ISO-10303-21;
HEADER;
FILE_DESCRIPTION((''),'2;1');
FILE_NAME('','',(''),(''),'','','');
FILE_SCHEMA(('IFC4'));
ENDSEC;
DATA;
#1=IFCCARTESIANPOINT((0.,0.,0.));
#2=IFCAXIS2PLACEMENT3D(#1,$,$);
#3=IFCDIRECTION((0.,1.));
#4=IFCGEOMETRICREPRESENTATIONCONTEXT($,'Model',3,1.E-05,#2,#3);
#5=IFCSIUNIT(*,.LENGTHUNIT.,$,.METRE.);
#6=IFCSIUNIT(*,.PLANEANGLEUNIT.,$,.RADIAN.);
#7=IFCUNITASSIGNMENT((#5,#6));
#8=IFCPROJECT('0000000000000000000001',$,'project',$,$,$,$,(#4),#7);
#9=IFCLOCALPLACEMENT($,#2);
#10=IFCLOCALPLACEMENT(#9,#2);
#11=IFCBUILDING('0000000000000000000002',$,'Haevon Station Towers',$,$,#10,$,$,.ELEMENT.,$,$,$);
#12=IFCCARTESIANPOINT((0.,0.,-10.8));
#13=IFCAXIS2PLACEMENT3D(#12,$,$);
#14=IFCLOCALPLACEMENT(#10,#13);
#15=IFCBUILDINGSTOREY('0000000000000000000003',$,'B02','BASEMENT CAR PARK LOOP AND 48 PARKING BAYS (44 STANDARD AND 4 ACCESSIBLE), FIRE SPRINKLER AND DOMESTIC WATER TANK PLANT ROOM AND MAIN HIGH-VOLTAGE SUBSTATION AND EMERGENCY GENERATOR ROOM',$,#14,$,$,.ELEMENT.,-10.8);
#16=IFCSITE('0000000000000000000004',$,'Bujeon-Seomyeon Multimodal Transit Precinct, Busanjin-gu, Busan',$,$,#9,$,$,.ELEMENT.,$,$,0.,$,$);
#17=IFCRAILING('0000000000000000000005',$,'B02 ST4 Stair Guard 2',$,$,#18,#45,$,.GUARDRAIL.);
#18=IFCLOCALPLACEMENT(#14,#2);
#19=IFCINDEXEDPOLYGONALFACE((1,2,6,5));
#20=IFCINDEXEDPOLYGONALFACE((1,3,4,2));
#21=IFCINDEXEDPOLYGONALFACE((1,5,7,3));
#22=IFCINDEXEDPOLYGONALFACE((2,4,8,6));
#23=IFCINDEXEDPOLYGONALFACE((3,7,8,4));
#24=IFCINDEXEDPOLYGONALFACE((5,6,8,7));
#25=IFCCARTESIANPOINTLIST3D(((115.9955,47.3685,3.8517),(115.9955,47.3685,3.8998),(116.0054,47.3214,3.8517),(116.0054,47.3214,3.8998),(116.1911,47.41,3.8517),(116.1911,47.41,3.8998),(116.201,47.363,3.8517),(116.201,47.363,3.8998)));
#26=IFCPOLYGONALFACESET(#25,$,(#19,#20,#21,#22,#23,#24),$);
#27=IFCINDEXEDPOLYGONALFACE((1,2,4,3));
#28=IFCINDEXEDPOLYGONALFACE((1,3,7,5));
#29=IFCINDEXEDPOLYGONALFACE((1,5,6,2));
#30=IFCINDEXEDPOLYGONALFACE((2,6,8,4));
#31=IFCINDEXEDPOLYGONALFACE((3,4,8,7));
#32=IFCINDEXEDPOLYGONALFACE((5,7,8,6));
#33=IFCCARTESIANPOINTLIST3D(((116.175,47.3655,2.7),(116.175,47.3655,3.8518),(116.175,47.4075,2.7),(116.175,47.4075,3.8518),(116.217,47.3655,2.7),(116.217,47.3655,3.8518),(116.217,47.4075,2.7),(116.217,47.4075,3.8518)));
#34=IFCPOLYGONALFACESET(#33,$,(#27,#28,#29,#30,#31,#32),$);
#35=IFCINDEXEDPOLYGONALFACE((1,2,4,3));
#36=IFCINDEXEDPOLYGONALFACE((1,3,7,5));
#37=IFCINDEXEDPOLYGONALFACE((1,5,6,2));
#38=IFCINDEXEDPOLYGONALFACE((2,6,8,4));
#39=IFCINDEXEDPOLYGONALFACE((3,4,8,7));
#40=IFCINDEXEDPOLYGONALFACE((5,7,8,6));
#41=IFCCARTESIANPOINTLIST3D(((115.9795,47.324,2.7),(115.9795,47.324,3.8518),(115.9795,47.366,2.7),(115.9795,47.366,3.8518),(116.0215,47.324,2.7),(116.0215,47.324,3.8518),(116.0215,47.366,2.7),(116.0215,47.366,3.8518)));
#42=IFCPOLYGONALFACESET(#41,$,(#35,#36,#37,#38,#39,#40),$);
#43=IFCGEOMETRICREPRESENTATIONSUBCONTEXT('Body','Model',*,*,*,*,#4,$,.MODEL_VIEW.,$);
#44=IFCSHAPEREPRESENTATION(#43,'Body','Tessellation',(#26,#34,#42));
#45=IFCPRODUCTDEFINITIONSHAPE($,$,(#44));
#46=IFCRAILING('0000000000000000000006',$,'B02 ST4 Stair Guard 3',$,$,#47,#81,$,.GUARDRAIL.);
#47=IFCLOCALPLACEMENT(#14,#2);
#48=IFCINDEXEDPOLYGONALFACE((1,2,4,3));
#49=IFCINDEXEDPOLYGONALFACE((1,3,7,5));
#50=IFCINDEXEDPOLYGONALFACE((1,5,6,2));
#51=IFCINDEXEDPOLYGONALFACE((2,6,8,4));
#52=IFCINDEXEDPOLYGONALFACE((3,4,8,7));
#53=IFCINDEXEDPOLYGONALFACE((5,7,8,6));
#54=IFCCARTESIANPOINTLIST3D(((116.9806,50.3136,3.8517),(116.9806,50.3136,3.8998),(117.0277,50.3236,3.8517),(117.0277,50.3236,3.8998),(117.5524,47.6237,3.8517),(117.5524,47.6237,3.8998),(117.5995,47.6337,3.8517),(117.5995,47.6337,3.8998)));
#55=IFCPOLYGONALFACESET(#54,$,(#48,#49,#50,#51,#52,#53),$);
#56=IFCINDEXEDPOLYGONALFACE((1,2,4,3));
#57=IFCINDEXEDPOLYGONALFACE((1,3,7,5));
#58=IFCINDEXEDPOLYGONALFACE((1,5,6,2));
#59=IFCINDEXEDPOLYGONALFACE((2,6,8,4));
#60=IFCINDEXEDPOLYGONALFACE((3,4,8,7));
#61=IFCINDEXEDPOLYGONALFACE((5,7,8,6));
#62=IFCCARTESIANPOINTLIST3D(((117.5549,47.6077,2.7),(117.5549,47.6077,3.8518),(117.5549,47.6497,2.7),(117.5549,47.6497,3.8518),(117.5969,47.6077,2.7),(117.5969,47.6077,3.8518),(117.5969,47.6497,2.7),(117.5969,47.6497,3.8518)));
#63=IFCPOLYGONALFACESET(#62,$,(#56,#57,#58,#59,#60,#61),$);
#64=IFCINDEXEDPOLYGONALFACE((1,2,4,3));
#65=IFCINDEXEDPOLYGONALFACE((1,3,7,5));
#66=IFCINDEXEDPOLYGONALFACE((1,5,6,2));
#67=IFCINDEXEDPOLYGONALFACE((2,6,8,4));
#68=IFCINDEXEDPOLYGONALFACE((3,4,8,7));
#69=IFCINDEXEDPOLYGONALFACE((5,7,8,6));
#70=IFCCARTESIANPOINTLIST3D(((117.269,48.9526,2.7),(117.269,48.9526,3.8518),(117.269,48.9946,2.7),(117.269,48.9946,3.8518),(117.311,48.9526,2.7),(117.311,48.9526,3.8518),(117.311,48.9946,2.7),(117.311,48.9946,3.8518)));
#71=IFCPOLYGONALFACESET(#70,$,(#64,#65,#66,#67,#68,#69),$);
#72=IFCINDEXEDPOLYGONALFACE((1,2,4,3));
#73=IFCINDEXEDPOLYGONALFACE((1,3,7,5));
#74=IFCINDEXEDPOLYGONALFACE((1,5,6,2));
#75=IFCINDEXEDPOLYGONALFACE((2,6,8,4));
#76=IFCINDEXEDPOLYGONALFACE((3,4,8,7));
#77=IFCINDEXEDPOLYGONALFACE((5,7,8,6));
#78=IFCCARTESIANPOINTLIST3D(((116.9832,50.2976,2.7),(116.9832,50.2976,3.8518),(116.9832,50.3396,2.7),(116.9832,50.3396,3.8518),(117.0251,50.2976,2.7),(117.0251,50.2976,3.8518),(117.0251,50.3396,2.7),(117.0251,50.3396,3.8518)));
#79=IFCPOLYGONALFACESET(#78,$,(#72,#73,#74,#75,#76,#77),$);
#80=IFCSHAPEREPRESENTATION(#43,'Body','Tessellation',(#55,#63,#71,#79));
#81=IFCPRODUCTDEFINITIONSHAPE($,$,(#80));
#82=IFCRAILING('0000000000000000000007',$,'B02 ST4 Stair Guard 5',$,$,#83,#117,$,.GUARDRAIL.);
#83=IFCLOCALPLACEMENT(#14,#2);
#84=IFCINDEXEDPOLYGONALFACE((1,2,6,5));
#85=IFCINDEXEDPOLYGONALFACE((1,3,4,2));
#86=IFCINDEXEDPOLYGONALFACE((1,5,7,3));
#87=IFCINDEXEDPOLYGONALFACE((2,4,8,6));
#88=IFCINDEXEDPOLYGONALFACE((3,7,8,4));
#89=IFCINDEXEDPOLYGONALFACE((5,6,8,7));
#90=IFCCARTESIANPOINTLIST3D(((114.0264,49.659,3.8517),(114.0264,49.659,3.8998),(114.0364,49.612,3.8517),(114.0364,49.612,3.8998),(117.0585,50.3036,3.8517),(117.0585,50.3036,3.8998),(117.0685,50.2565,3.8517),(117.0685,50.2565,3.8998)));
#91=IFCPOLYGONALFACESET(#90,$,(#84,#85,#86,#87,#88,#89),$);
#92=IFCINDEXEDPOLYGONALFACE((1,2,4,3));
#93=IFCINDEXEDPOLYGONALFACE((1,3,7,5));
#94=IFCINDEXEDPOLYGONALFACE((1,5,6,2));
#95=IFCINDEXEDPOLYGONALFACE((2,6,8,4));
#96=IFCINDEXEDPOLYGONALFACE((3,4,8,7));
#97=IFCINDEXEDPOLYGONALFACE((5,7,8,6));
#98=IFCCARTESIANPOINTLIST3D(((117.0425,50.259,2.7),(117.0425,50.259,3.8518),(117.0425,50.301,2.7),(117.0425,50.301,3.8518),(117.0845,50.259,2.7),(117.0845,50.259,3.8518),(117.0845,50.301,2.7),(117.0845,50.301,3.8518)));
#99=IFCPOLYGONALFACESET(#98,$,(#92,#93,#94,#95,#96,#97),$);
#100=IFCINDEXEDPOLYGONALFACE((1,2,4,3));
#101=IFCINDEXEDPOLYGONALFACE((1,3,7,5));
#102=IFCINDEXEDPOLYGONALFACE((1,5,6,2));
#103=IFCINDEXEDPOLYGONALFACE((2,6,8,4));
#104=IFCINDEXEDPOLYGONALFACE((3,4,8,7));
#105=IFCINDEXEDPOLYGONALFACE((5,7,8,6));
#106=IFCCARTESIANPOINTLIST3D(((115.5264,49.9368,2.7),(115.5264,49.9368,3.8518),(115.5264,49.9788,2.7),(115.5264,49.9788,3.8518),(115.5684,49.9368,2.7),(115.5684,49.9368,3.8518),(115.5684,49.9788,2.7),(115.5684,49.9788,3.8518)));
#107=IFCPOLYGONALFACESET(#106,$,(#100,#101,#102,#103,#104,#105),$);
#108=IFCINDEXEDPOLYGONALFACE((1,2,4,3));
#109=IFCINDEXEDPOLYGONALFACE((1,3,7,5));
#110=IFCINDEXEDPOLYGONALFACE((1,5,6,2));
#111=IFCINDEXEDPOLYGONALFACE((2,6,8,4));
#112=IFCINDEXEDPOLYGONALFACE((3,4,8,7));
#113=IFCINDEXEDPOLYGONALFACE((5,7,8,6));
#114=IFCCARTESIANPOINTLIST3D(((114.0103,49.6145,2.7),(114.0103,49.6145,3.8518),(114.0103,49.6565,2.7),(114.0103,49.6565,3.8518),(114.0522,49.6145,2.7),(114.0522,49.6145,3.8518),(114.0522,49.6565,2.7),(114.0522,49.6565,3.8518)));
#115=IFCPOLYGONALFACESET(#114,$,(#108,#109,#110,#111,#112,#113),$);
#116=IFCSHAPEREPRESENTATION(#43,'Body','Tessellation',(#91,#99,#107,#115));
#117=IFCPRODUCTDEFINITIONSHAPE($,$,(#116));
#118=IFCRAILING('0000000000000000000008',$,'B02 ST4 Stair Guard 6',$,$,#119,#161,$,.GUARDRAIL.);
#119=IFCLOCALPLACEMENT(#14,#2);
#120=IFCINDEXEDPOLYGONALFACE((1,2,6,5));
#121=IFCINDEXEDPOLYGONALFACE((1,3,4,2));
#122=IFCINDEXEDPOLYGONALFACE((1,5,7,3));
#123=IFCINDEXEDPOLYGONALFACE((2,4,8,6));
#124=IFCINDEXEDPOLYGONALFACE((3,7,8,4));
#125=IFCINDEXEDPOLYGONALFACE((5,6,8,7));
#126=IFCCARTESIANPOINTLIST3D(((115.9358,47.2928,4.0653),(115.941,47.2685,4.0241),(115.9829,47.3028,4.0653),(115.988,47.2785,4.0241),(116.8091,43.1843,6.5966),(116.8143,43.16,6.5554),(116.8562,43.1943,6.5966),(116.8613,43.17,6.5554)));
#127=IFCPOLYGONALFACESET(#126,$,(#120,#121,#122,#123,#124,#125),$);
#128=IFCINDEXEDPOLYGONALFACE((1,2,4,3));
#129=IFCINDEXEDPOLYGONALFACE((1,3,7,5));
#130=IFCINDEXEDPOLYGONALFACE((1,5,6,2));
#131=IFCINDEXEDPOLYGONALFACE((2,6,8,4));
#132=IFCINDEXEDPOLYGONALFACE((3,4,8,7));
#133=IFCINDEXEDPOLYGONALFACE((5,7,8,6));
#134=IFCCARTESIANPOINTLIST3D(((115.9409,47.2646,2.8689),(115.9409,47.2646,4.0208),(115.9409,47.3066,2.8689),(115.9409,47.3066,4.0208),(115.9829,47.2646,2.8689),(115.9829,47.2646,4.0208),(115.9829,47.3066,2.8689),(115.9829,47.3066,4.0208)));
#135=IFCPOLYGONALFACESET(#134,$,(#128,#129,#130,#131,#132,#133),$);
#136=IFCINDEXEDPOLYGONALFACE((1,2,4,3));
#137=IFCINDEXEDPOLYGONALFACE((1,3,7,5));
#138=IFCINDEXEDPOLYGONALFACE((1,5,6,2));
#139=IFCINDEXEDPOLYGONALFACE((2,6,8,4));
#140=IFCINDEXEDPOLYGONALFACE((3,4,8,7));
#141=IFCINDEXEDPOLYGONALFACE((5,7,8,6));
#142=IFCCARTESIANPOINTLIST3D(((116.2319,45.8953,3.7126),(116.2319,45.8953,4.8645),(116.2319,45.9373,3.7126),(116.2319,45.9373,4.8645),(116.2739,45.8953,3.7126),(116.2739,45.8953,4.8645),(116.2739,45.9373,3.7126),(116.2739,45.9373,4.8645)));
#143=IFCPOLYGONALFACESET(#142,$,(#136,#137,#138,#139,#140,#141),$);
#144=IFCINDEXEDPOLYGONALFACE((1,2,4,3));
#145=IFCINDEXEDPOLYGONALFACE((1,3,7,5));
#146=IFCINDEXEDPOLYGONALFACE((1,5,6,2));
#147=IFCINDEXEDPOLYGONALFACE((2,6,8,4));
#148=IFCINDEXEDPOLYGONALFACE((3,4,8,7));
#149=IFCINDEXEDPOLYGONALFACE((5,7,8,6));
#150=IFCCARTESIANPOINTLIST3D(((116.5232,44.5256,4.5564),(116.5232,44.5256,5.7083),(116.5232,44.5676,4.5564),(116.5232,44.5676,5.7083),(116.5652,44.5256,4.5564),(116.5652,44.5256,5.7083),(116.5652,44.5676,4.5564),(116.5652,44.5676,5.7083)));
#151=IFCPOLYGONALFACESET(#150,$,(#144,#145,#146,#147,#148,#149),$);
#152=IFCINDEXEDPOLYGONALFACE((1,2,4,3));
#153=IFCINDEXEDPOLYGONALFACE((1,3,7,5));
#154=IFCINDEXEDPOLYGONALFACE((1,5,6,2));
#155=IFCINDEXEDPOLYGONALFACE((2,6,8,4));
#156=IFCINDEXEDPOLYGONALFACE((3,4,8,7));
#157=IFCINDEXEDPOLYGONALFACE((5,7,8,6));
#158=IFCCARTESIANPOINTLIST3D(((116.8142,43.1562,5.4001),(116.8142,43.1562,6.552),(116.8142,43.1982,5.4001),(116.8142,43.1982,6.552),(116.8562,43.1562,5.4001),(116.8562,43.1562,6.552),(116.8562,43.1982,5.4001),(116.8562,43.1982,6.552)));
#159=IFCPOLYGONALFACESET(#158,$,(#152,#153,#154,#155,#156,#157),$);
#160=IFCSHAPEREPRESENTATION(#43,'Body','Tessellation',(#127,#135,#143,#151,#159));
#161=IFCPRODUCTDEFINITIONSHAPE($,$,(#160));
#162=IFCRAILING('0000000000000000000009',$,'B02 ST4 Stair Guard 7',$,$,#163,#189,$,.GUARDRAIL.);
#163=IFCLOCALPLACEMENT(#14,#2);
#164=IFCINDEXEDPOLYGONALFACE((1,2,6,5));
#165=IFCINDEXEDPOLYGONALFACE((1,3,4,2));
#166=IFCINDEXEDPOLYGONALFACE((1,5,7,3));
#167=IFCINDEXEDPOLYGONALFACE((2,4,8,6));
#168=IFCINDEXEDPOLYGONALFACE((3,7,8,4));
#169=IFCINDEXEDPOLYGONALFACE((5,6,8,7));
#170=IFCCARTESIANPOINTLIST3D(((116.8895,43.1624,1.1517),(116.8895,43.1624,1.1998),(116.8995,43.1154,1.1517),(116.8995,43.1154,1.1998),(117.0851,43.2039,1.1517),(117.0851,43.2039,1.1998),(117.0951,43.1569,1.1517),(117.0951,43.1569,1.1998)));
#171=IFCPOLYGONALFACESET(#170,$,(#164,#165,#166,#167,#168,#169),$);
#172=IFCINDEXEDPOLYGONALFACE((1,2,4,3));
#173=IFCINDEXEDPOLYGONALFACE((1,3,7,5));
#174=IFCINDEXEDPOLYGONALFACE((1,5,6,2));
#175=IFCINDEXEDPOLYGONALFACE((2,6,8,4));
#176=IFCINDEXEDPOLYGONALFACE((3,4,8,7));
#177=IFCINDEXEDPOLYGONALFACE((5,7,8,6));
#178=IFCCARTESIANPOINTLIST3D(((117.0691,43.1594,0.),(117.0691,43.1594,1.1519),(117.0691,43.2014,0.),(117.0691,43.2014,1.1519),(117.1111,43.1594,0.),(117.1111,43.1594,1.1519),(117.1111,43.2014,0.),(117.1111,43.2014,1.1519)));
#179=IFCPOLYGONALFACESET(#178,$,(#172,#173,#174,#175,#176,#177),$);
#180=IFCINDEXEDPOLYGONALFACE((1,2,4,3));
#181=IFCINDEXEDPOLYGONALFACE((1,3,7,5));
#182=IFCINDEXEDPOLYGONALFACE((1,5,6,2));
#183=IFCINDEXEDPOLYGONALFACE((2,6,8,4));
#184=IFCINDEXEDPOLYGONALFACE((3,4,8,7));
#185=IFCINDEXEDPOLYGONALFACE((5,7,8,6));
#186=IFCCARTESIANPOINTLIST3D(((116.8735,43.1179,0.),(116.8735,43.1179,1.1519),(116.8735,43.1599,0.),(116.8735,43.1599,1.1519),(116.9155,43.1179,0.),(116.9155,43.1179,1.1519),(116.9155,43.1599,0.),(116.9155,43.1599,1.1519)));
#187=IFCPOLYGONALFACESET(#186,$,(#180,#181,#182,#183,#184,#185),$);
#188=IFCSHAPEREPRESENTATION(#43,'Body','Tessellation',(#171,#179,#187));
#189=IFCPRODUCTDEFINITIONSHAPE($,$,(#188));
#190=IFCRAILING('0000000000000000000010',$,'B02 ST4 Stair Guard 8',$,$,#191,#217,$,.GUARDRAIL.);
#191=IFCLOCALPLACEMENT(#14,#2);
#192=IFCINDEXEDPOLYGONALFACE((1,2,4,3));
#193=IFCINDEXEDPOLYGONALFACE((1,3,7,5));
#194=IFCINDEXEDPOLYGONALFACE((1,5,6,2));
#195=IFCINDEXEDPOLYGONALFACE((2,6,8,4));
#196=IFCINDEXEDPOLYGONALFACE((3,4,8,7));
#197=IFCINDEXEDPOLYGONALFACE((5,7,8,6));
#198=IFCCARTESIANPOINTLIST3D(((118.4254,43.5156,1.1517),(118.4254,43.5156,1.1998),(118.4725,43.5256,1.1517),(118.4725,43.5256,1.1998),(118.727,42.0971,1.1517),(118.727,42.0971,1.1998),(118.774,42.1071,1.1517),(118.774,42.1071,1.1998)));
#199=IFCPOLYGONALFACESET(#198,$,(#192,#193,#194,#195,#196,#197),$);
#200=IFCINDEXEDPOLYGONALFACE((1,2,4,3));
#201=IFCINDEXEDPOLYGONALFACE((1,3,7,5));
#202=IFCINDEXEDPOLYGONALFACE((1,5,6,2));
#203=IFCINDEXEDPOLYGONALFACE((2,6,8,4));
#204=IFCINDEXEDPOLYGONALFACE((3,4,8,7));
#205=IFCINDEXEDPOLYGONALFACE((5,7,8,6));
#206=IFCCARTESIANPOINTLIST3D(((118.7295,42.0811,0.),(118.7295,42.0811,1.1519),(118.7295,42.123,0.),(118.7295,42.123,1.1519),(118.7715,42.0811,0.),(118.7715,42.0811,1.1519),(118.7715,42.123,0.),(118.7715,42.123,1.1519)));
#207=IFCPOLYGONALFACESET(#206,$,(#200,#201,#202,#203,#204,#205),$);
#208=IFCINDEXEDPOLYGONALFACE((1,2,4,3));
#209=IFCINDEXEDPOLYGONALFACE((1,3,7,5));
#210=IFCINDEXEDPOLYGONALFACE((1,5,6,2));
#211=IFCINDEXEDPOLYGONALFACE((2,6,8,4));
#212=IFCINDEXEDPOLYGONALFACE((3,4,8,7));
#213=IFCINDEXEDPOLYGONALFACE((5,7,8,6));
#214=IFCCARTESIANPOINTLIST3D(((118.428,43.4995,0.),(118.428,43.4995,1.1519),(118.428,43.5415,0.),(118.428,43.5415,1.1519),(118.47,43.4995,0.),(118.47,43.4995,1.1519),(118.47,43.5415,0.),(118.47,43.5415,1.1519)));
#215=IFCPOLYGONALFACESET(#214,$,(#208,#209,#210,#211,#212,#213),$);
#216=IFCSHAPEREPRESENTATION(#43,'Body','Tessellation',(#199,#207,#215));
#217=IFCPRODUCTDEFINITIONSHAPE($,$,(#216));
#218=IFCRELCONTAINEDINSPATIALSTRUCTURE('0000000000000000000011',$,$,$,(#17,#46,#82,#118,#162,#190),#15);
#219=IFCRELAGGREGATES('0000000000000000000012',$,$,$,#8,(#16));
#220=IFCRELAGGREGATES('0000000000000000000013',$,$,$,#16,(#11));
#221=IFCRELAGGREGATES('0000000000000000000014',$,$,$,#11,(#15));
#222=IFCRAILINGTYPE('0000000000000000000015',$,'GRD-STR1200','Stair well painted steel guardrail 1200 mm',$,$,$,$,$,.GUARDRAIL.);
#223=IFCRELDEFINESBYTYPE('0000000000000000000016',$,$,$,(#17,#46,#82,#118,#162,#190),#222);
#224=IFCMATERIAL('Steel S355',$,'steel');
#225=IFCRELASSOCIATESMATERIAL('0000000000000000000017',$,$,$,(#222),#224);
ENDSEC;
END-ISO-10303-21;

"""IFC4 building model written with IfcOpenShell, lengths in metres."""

from ifc_helpers import new_model, si_unit, direction, frame, origin, origin_2d, place, context, subcontext, project, spatial, rectangle, extrude, material, type_object, element, save


model = new_model("IFC4")

# Units and contexts
model_context = context("Model", 3, precision=1e-05, world=origin(), true_north=direction((0.0, 1.0)))
body_context = subcontext(model_context, "Body", "Model", "MODEL_VIEW")
ifc_project = project(units=[si_unit("LENGTHUNIT", "METRE"), si_unit("PLANEANGLEUNIT", "RADIAN")], contexts=[model_context])

# Site, building, storey
site_placement = place(None, origin())
site = spatial("IfcSite", under=ifc_project, at=site_placement, Name="Bujeon-Seomyeon Multimodal Transit Precinct, Busanjin-gu, Busan", CompositionType="ELEMENT", RefElevation=0.0)
building_placement = place(site_placement, origin())
building = spatial("IfcBuilding", under=site, at=building_placement, Name="Haevon Station Towers", CompositionType="ELEMENT")
storey_placement = place(building_placement, frame((0.0, 0.0, -10.8)))
storey = spatial("IfcBuildingStorey", under=building, at=storey_placement, Name="B02", Description="BASEMENT CAR PARK LOOP AND 48 PARKING BAYS (44 STANDARD AND 4 ACCESSIBLE), FIRE SPRINKLER AND DOMESTIC WATER TANK PLANT ROOM AND MAIN HIGH-VOLTAGE SUBSTATION AND EMERGENCY GENERATOR ROOM", CompositionType="ELEMENT", Elevation=-10.8)

# Shared definitions
ifc_material_1 = material(Name="Steel S355", Category="steel")

# Railings
railing_type_1 = type_object("IfcRailingType", Name="GRD-STR1200", Description="Stair well painted steel guardrail 1200 mm", PredefinedType="GUARDRAIL", material=ifc_material_1)
railing_1_placement = place(storey_placement, frame((116.196, 47.3865, 2.7)))
element("IfcRailing", 1, at=railing_1_placement, inside=storey, type_object=railing_type_1, Name="B02 ST4 Stair Guard 2", PredefinedType="GUARDRAIL", context=body_context, shape_type="SweptSolid", body=[
    extrude(rectangle(XDim=0.0481, YDim=0.0481, at=origin_2d()), frame((0.0, 0.0, 1.1758), z_axis=(-0.978212, -0.20761, 0.0), x_axis=(0.20761, -0.978212, 0.0)), (0.0, 0.0, 1.0), 0.2),
    extrude(rectangle(XDim=0.042, YDim=0.042, at=origin_2d()), origin(), (0.0, 0.0, 1.0), 1.1519),
    extrude(rectangle(XDim=0.042, YDim=0.042, at=origin_2d()), frame((-0.1956, -0.0415, 0.0)), (0.0, 0.0, 1.0), 1.1519),
])
railing_2_placement = place(storey_placement, frame((117.5759, 47.6287, 2.7)))
element("IfcRailing", 2, at=railing_2_placement, inside=storey, type_object=railing_type_1, Name="B02 ST4 Stair Guard 3", PredefinedType="GUARDRAIL", context=body_context, shape_type="SweptSolid", body=[
    extrude(rectangle(XDim=0.0481, YDim=0.0481, at=origin_2d()), frame((0.0, 0.0, 1.1758), z_axis=(-0.207916, 0.978147, 0.0), x_axis=(-0.978147, -0.207916, 0.0)), (0.0, 0.0, 1.0), 2.75),
    extrude(rectangle(XDim=0.042, YDim=0.042, at=origin_2d()), origin(), (0.0, 0.0, 1.0), 1.1519),
    extrude(rectangle(XDim=0.042, YDim=0.042, at=origin_2d()), frame((-0.2859, 1.345, 0.0)), (0.0, 0.0, 1.0), 1.1519),
    extrude(rectangle(XDim=0.042, YDim=0.042, at=origin_2d()), frame((-0.5718, 2.6899, 0.0)), (0.0, 0.0, 1.0), 1.1519),
])
railing_3_placement = place(storey_placement, frame((117.0635, 50.28, 2.7)))
element("IfcRailing", 3, at=railing_3_placement, inside=storey, type_object=railing_type_1, Name="B02 ST4 Stair Guard 5", PredefinedType="GUARDRAIL", context=body_context, shape_type="SweptSolid", body=[
    extrude(rectangle(XDim=0.0481, YDim=0.0481, at=origin_2d()), frame((0.0, 0.0, 1.1758), z_axis=(-0.978147, -0.207915, 0.0), x_axis=(0.207915, -0.978147, 0.0)), (0.0, 0.0, 1.0), 3.0999),
    extrude(rectangle(XDim=0.042, YDim=0.042, at=origin_2d()), origin(), (0.0, 0.0, 1.0), 1.1519),
    extrude(rectangle(XDim=0.042, YDim=0.042, at=origin_2d()), frame((-1.5161, -0.3223, 0.0)), (0.0, 0.0, 1.0), 1.1519),
    extrude(rectangle(XDim=0.042, YDim=0.042, at=origin_2d()), frame((-3.0322, -0.6445, 0.0)), (0.0, 0.0, 1.0), 1.1519),
])
railing_4_placement = place(storey_placement, frame((115.9619, 47.2856, 2.8689)))
element("IfcRailing", 4, at=railing_4_placement, inside=storey, type_object=railing_type_1, Name="B02 ST4 Stair Guard 6", PredefinedType="GUARDRAIL", context=body_context, shape_type="SweptSolid", body=[
    extrude(rectangle(XDim=0.0481, YDim=0.0481, at=origin_2d()), frame((0.0, 0.0, 1.1758), z_axis=(0.178079, -0.837772, 0.516165), x_axis=(0.978146, 0.207917, 0.0)), (0.0, 0.0, 1.0), 4.9041),
    extrude(rectangle(XDim=0.042, YDim=0.042, at=origin_2d()), origin(), (0.0, 0.0, 1.0), 1.1519),
    extrude(rectangle(XDim=0.042, YDim=0.042, at=origin_2d()), frame((0.291, -1.3694, 0.8438)), (0.0, 0.0, 1.0), 1.1519),
    extrude(rectangle(XDim=0.042, YDim=0.042, at=origin_2d()), frame((0.5823, -2.739, 1.6875)), (0.0, 0.0, 1.0), 1.1519),
    extrude(rectangle(XDim=0.042, YDim=0.042, at=origin_2d()), frame((0.8733, -4.1084, 2.5312)), (0.0, 0.0, 1.0), 1.1519),
])
railing_5_placement = place(storey_placement, frame((117.0901, 43.1804, 0.0)))
element("IfcRailing", 5, at=railing_5_placement, inside=storey, type_object=railing_type_1, Name="B02 ST4 Stair Guard 7", PredefinedType="GUARDRAIL", context=body_context, shape_type="SweptSolid", body=[
    extrude(rectangle(XDim=0.0481, YDim=0.0481, at=origin_2d()), frame((0.0, 0.0, 1.1758), z_axis=(-0.978212, -0.20761, 0.0), x_axis=(0.20761, -0.978212, 0.0)), (0.0, 0.0, 1.0), 0.2),
    extrude(rectangle(XDim=0.042, YDim=0.042, at=origin_2d()), origin(), (0.0, 0.0, 1.0), 1.1519),
    extrude(rectangle(XDim=0.042, YDim=0.042, at=origin_2d()), frame((-0.1956, -0.0415, 0.0)), (0.0, 0.0, 1.0), 1.1519),
])
for number, where, name in (
    (6, (118.7505, 42.1021, 0.0), "B02 ST4 Stair Guard 8"),
):
    element("IfcRailing", number, at=place(storey_placement, frame(where)), inside=storey, type_object=railing_type_1, Name=name, PredefinedType="GUARDRAIL", context=body_context, shape_type="SweptSolid", body=[
        extrude(rectangle(XDim=0.0481, YDim=0.0481, at=origin_2d()), frame((0.0, 0.0, 1.1758), z_axis=(-0.207919, 0.978146, 0.0), x_axis=(-0.978146, -0.207919, 0.0)), (0.0, 0.0, 1.0), 1.4502),
        extrude(rectangle(XDim=0.042, YDim=0.042, at=origin_2d()), origin(), (0.0, 0.0, 1.0), 1.1519),
        extrude(rectangle(XDim=0.042, YDim=0.042, at=origin_2d()), frame((-0.3015, 1.4185, 0.0)), (0.0, 0.0, 1.0), 1.1519),
    ])

save(model, "model.ifc")
